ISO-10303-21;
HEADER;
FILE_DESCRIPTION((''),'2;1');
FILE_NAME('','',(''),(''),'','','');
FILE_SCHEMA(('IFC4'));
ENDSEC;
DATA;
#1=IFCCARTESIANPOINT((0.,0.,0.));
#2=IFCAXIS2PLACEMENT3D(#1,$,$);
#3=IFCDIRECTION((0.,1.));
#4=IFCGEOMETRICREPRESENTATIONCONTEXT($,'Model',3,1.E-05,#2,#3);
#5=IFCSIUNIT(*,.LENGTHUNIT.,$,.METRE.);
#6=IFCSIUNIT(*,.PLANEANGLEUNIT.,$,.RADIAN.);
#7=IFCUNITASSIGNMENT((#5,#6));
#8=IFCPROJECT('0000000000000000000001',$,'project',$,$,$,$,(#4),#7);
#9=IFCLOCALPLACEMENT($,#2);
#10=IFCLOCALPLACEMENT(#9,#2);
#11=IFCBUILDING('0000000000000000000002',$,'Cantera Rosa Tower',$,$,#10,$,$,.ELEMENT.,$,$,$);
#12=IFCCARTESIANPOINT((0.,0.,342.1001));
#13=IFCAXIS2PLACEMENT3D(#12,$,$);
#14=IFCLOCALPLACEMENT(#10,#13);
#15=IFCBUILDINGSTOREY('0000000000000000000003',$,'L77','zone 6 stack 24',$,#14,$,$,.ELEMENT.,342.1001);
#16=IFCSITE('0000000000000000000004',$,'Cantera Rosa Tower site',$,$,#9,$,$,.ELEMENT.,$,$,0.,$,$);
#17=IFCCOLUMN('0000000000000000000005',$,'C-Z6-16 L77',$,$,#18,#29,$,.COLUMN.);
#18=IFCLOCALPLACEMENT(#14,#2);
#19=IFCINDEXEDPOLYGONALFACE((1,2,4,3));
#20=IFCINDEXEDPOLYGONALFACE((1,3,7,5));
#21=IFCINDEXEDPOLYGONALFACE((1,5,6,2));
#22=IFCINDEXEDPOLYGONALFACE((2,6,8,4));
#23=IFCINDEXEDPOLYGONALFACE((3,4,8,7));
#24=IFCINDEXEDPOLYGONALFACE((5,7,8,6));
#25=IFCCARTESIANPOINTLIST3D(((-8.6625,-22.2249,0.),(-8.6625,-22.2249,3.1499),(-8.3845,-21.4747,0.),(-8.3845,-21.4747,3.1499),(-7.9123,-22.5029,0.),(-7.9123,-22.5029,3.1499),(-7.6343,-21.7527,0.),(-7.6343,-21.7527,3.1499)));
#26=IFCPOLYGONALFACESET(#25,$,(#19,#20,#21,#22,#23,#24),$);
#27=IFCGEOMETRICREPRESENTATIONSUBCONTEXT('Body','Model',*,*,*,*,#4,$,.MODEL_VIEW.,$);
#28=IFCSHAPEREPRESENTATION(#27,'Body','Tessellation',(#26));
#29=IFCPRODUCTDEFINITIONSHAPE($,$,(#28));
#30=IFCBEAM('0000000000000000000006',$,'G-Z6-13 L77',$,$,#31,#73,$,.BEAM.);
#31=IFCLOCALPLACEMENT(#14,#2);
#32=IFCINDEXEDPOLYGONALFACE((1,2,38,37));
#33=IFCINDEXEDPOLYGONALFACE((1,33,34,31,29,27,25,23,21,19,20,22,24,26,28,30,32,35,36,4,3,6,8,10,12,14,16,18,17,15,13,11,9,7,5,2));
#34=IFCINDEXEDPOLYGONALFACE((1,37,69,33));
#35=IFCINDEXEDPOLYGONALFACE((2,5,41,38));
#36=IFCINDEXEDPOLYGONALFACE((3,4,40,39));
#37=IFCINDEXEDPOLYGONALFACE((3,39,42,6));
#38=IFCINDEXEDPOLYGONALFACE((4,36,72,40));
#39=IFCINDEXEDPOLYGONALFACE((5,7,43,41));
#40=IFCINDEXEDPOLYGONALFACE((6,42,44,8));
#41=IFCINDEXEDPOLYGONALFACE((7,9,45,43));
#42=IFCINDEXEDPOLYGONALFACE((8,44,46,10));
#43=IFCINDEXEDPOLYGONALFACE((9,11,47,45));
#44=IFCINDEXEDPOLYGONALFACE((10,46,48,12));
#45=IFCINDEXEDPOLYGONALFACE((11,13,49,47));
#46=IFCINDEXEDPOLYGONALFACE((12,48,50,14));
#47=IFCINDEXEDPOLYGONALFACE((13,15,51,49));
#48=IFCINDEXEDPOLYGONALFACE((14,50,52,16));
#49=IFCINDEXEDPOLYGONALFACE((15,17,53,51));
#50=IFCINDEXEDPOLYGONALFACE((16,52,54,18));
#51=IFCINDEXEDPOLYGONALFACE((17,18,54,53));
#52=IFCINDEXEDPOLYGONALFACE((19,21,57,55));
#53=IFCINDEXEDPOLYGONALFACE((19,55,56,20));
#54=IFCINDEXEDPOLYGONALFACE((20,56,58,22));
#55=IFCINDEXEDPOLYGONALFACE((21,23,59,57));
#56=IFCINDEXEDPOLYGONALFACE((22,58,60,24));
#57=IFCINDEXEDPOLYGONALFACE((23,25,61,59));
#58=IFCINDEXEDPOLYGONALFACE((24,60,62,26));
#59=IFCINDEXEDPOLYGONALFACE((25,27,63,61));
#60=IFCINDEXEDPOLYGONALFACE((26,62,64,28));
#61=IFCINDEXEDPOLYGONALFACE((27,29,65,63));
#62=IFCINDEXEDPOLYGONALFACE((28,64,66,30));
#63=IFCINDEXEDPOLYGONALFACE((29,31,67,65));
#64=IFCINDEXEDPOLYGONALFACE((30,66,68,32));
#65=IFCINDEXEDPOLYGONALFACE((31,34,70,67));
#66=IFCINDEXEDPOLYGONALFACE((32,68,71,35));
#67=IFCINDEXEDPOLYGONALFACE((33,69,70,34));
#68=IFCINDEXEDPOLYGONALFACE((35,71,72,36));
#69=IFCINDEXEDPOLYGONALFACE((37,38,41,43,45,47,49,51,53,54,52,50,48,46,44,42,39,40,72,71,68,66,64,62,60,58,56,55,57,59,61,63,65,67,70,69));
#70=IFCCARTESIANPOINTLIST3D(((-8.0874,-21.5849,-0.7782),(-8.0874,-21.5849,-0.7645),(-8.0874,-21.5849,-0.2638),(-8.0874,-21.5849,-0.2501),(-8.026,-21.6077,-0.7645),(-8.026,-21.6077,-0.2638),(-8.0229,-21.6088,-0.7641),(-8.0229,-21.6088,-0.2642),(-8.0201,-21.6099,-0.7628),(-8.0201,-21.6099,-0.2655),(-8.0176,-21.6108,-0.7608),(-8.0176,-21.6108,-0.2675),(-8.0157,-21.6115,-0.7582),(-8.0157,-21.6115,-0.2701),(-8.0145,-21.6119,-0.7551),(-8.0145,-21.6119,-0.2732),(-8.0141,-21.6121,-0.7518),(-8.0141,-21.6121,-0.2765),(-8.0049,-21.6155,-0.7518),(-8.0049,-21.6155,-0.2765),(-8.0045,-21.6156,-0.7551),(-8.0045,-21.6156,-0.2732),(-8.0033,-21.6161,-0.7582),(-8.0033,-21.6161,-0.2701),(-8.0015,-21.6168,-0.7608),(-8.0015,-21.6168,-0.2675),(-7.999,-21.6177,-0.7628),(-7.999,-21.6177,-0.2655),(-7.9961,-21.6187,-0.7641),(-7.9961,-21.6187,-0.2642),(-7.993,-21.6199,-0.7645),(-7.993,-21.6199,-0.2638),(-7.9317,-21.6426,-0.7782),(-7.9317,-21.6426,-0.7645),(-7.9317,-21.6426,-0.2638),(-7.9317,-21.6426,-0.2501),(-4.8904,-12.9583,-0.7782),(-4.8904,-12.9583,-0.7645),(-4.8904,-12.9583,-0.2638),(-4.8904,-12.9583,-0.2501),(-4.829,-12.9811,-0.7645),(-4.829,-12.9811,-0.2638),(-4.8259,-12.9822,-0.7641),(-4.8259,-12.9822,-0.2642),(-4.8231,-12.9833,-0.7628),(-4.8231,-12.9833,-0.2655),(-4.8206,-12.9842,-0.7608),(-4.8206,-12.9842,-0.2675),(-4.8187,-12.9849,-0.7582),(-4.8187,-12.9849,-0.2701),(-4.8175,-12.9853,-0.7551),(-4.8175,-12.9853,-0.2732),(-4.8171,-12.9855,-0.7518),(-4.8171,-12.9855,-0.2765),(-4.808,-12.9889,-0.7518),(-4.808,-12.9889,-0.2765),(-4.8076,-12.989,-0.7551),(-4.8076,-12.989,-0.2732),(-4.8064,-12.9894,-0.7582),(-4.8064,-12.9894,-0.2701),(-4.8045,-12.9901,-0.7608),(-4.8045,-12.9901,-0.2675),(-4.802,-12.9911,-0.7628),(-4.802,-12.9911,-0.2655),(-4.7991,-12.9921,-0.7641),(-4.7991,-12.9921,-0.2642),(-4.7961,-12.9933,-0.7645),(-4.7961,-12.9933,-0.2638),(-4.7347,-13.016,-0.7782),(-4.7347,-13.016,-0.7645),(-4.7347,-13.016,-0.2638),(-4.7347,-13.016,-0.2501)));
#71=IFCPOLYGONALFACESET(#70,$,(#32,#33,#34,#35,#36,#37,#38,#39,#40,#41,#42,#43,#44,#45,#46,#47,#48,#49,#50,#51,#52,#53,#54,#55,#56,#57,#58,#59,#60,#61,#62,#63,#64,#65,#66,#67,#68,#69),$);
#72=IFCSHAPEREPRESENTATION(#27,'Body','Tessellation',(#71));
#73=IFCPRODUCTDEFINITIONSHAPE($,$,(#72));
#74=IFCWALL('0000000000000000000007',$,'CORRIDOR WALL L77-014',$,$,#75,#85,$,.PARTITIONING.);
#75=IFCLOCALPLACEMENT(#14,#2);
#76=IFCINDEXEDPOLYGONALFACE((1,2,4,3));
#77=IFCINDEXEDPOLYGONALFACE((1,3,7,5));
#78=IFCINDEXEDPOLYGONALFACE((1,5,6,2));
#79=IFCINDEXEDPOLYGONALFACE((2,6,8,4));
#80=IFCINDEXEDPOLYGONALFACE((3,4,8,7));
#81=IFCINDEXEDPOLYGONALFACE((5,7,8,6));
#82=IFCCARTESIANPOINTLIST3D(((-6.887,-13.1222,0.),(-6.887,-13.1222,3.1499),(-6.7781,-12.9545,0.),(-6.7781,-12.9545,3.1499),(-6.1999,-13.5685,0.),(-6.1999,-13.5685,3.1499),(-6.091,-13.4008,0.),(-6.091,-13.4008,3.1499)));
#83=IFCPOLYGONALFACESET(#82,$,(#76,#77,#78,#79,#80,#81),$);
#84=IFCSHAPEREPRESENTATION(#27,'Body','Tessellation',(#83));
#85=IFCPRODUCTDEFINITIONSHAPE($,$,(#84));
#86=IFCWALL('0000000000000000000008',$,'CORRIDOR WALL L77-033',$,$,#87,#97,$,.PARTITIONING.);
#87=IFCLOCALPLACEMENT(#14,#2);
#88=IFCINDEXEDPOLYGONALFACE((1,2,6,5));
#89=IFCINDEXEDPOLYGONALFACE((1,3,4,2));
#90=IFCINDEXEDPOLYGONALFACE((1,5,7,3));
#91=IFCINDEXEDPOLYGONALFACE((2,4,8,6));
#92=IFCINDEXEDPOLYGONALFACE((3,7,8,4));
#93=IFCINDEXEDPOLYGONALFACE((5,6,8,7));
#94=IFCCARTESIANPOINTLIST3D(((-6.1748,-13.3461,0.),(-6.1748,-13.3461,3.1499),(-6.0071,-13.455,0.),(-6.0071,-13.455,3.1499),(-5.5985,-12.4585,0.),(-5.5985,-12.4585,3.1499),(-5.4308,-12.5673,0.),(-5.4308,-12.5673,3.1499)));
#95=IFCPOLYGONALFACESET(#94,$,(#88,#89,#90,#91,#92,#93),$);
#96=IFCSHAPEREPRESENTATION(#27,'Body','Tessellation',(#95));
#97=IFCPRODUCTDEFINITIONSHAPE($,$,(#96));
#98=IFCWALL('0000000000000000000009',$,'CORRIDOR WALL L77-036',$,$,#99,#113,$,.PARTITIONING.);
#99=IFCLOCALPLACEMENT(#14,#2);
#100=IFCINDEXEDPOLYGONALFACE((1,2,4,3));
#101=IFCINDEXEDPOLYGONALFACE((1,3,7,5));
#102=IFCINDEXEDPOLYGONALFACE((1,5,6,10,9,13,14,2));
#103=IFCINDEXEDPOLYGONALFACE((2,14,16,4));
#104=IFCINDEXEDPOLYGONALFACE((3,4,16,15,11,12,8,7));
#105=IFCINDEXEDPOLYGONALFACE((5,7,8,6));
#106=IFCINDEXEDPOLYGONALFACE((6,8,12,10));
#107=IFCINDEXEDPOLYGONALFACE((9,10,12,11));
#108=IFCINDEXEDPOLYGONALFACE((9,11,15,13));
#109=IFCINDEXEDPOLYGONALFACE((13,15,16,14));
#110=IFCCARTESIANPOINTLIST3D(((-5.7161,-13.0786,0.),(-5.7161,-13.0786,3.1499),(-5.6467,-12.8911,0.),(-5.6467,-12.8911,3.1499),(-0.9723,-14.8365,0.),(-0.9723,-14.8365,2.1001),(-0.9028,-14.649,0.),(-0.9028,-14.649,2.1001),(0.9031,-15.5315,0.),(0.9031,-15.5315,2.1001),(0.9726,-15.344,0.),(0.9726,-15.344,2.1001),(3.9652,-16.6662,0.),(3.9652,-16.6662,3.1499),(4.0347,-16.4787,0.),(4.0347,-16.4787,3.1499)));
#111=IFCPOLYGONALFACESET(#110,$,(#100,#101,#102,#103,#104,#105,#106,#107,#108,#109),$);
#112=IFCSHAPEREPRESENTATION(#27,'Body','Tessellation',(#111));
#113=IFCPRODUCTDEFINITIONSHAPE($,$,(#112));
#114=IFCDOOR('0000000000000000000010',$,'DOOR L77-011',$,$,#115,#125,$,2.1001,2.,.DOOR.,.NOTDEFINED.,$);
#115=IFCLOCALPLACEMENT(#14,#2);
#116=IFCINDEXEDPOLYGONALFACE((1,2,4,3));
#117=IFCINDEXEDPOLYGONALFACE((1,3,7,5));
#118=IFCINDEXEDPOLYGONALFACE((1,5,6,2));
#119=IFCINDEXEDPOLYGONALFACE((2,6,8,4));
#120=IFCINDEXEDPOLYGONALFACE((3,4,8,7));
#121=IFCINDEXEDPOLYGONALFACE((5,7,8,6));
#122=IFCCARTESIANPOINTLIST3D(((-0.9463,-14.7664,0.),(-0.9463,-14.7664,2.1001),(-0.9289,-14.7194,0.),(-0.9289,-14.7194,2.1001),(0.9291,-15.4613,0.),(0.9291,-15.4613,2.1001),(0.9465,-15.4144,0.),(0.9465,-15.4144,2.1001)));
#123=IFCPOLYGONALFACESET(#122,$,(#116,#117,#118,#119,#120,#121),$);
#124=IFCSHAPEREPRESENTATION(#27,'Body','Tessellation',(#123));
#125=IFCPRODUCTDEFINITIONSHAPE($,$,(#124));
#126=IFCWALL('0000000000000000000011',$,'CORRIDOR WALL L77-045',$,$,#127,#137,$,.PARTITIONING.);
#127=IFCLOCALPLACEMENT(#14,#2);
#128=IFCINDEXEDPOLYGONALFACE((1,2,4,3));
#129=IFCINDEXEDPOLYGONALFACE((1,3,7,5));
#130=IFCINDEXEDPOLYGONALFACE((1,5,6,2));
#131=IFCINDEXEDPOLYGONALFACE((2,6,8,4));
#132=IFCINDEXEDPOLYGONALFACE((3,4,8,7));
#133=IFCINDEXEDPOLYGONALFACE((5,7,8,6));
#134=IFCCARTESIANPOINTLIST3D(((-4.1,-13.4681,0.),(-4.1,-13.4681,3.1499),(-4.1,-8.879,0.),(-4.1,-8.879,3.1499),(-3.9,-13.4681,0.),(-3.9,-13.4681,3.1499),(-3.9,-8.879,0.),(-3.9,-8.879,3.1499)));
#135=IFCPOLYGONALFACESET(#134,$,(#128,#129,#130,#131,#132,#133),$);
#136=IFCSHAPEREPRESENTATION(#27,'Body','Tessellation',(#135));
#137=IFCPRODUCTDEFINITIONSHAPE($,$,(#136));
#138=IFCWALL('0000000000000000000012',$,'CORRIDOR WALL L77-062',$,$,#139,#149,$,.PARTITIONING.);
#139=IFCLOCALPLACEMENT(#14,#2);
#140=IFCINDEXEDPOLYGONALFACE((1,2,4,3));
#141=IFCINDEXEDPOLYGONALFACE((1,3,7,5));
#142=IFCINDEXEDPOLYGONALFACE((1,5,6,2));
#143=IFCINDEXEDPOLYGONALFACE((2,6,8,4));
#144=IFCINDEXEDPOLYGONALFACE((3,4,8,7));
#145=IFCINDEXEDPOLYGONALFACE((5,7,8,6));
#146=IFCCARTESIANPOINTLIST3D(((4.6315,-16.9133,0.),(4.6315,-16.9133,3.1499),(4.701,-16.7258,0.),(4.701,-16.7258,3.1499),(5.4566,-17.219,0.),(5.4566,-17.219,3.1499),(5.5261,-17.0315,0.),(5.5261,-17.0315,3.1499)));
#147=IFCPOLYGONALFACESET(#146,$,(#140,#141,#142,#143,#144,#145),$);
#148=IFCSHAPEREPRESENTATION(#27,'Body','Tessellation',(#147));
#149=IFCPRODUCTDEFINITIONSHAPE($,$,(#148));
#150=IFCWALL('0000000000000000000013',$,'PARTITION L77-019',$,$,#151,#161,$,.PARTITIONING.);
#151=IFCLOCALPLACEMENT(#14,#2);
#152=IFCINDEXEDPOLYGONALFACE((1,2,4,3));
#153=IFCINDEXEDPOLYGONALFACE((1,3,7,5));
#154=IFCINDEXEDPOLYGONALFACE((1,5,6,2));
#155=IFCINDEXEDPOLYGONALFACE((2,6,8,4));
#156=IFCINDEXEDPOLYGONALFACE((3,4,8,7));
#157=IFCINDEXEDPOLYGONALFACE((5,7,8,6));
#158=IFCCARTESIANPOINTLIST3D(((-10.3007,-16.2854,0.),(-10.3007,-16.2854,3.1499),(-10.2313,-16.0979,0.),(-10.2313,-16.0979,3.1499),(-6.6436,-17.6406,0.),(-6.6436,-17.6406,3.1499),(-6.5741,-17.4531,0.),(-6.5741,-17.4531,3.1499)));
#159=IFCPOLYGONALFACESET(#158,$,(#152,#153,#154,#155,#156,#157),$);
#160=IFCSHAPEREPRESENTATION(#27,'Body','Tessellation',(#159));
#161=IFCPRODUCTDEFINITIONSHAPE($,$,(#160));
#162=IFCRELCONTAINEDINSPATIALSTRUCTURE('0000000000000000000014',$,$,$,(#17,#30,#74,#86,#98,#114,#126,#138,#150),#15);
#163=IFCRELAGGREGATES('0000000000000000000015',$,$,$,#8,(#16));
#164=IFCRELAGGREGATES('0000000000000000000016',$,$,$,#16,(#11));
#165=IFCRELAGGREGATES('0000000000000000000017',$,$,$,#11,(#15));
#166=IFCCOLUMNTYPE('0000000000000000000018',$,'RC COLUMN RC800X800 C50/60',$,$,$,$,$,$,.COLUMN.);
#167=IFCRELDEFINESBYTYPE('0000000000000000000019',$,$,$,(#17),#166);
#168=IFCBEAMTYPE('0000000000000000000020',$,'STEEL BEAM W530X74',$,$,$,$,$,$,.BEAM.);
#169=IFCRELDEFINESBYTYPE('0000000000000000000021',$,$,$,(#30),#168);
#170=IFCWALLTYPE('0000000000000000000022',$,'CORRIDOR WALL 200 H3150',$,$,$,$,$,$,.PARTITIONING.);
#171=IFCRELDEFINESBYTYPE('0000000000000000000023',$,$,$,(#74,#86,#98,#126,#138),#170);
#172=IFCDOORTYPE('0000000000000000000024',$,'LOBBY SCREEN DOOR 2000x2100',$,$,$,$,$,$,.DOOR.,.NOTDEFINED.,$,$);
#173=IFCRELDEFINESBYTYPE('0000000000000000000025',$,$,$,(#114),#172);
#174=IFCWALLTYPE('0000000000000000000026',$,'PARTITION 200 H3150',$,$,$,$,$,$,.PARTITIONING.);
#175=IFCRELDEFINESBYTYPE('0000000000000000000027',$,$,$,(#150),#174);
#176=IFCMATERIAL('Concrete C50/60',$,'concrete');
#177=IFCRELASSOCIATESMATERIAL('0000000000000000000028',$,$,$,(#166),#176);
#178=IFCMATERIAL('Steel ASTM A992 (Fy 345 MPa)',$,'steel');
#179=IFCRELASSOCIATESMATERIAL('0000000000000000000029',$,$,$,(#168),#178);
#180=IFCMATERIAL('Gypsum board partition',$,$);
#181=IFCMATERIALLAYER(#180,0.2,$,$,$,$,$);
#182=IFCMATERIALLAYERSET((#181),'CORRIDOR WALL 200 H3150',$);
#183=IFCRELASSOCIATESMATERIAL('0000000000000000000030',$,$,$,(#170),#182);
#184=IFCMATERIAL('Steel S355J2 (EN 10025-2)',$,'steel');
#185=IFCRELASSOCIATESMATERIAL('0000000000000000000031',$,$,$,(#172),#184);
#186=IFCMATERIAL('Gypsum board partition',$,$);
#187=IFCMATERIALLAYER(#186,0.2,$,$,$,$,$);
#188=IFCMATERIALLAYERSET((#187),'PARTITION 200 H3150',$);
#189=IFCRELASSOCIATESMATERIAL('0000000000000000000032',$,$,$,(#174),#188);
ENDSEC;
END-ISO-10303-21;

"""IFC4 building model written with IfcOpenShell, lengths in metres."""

from ifc_helpers import new_model, si_unit, direction, frame, frame_2d, origin, origin_2d, place, context, subcontext, project, spatial, rectangle, i_section, extrude, material, layer, layer_set, material_profile, profile_set, type_object, element, fill, save


model = new_model("IFC4")

# Units and contexts
model_context = context("Model", 3, precision=1e-05, world=origin(), true_north=direction((0.0, 1.0)))
body_context = subcontext(model_context, "Body", "Model", "MODEL_VIEW")
ifc_project = project(units=[si_unit("LENGTHUNIT", "METRE"), si_unit("PLANEANGLEUNIT", "RADIAN")], contexts=[model_context])

# Site, building, storey
site_placement = place(None, origin())
site = spatial("IfcSite", under=ifc_project, at=site_placement, Name="Cantera Rosa Tower site", CompositionType="ELEMENT", RefElevation=0.0)
building_placement = place(site_placement, origin())
building = spatial("IfcBuilding", under=site, at=building_placement, Name="Cantera Rosa Tower", CompositionType="ELEMENT")
storey_placement = place(building_placement, frame((0.0, 0.0, 342.1001)))
storey = spatial("IfcBuildingStorey", under=building, at=storey_placement, Name="L77", Description="zone 6 stack 24", CompositionType="ELEMENT", Elevation=342.1001)

# Column
ifc_material_1 = material(Name="Concrete C50/60", Category="concrete")
ifc_material_profile_1 = material_profile(ifc_material_1, rectangle(XDim=0.8, YDim=0.8, at=origin_2d()), Name="RC COLUMN RC800X800 C50/60")
ifc_profile_set_1 = profile_set([ifc_material_profile_1], Name="Concrete C50/60")
column_type = type_object("IfcColumnType", Name="RC COLUMN RC800X800 C50/60", PredefinedType="COLUMN", material=ifc_profile_set_1)
column_placement = place(storey_placement, frame((-8.1484, -21.9888, 0.0), z_axis=(0.0, 0.0, 1.0), x_axis=(0.347481, 0.937687, 0.0)))
element("IfcColumn", 1, at=column_placement, inside=storey, type_object=column_type, Name="C-Z6-16 L77", PredefinedType="COLUMN", context=body_context, shape_type="SweptSolid", body=[
    extrude(rectangle(XDim=0.8, YDim=0.8, at=origin_2d()), origin(), (0.0, 0.0, 1.0), 3.1499),
])

# Beam
ifc_material_2 = material(Name="Steel ASTM A992 (Fy 345 MPa)", Category="steel")
ifc_material_profile_2 = material_profile(ifc_material_2, i_section(OverallWidth=0.166, OverallDepth=0.5281, WebThickness=0.0098, FlangeThickness=0.0137, FilletRadius=0.0127, at=origin_2d()), Name="W530X74")
ifc_profile_set_2 = profile_set([ifc_material_profile_2], Name="Steel ASTM A992 (Fy 345 MPa)")
beam_type = type_object("IfcBeamType", Name="STEEL BEAM W530X74", PredefinedType="BEAM", material=ifc_profile_set_2)
beam_placement = place(storey_placement, frame((-8.0095, -21.6138, -0.5142), z_axis=(0.3475, 0.93768, 0.0), x_axis=(-0.93768, 0.3475, 0.0)))
element("IfcBeam", 2, at=beam_placement, inside=storey, type_object=beam_type, Name="G-Z6-13 L77", PredefinedType="BEAM", context=body_context, shape_type="SweptSolid", body=[
    extrude(i_section(OverallWidth=0.166, OverallDepth=0.5281, WebThickness=0.0098, FlangeThickness=0.0137, FilletRadius=0.0127, at=origin_2d()), origin(), (0.0, 0.0, 1.0), 9.2),
])

# Walls
ifc_material_3 = material(Name="Gypsum board partition")
ifc_layer_1 = layer(ifc_material_3, 0.2)
ifc_layer_set_1 = layer_set([ifc_layer_1], Name="CORRIDOR WALL 200 H3150")
wall_type_1 = type_object("IfcWallType", Name="CORRIDOR WALL 200 H3150", PredefinedType="PARTITIONING", material=ifc_layer_set_1)
wall_1_placement = place(storey_placement, frame((-6.8325, -13.0383, 0.0), z_axis=(0.0, 0.0, 1.0), x_axis=(0.838593, -0.544758, 0.0)))
element("IfcWall", 3, at=wall_1_placement, inside=storey, type_object=wall_type_1, Name="CORRIDOR WALL L77-014", PredefinedType="PARTITIONING", context=body_context, shape_type="SweptSolid", body=[
    extrude(rectangle(XDim=0.8193, YDim=0.2, at=frame_2d((0.4097, 0.0))), origin(), (0.0, 0.0, 1.0), 3.1499),
])
wall_2_placement = place(storey_placement, frame((-6.0911, -13.4006, 0.0), z_axis=(0.0, 0.0, 1.0), x_axis=(0.544599, 0.838696, 0.0)))
element("IfcWall", 4, at=wall_2_placement, inside=storey, type_object=wall_type_1, Name="CORRIDOR WALL L77-033", PredefinedType="PARTITIONING", context=body_context, shape_type="SweptSolid", body=[
    extrude(rectangle(XDim=1.0583, YDim=0.2, at=frame_2d((0.5293, 0.0))), origin(), (0.0, 0.0, 1.0), 3.1499),
])

# Wall, opening, door
wall_3_placement = place(storey_placement, frame((-5.6814, -12.9849, 0.0), z_axis=(0.0, 0.0, 1.0), x_axis=(0.937687, -0.34748, 0.0)))
wall_3 = element("IfcWall", 5, at=wall_3_placement, inside=storey, type_object=wall_type_1, Name="CORRIDOR WALL L77-036", PredefinedType="PARTITIONING", context=body_context, shape_type="SweptSolid", body=[
    extrude(rectangle(XDim=10.3247, YDim=0.2, at=frame_2d((5.1624, 0.0))), origin(), (0.0, 0.0, 1.0), 3.1499),
])
opening_1_placement = place(wall_3_placement, frame((5.0591, 0.0, 0.0)))
opening_1 = element("IfcOpeningElement", 6, at=opening_1_placement, cuts=wall_3, PredefinedType="OPENING", context=body_context, shape_type="SweptSolid", body=[
    extrude(rectangle(XDim=2.0, YDim=2.1001, at=frame_2d((1.0, 1.05))), frame((0.0, 0.1099, 0.0), z_axis=(0.0, -1.0, 0.0), x_axis=(1.0, 0.0, 0.0)), (0.0, 0.0, 1.0), 0.22),
])
ifc_material_4 = material(Name="Steel S355J2 (EN 10025-2)", Category="steel")
door_type_1 = type_object("IfcDoorType", Name="LOBBY SCREEN DOOR 2000x2100", OperationType="NOTDEFINED", PredefinedType="DOOR", material=ifc_material_4)
door_1_placement = place(opening_1_placement, origin())
door_1 = element("IfcDoor", 7, at=door_1_placement, inside=storey, type_object=door_type_1, Name="DOOR L77-011", OperationType="NOTDEFINED", OverallHeight=2.1001, OverallWidth=2.0, PredefinedType="DOOR", context=body_context, shape_type="SweptSolid", body=[
    extrude(rectangle(XDim=2.0, YDim=2.1001, at=frame_2d((1.0, 1.05))), frame((0.0, 0.0249, 0.0), z_axis=(0.0, -1.0, 0.0), x_axis=(1.0, 0.0, 0.0)), (0.0, 0.0, 1.0), 0.05),
])
fill(opening_1, door_1)

# Walls
wall_4_placement = place(storey_placement, frame((-4.0, -13.468, 0.0), z_axis=(0.0, 0.0, 1.0), x_axis=(0.0, 1.0, 0.0)))
element("IfcWall", 8, at=wall_4_placement, inside=storey, type_object=wall_type_1, Name="CORRIDOR WALL L77-045", PredefinedType="PARTITIONING", context=body_context, shape_type="SweptSolid", body=[
    extrude(rectangle(XDim=4.5891, YDim=0.2, at=frame_2d((2.2944, 0.0))), origin(), (0.0, 0.0, 1.0), 3.1499),
])
wall_5_placement = place(storey_placement, frame((4.6663, -16.8196, 0.0), z_axis=(0.0, 0.0, 1.0), x_axis=(0.937735, -0.34735, 0.0)))
element("IfcWall", 9, at=wall_5_placement, inside=storey, type_object=wall_type_1, Name="CORRIDOR WALL L77-062", PredefinedType="PARTITIONING", context=body_context, shape_type="SweptSolid", body=[
    extrude(rectangle(XDim=0.8799, YDim=0.2, at=frame_2d((0.4399, 0.0))), origin(), (0.0, 0.0, 1.0), 3.1499),
])
ifc_material_5 = material(Name="Gypsum board partition")
ifc_layer_2 = layer(ifc_material_5, 0.2)
ifc_layer_set_2 = layer_set([ifc_layer_2], Name="PARTITION 200 H3150")
wall_type_2 = type_object("IfcWallType", Name="PARTITION 200 H3150", PredefinedType="PARTITIONING", material=ifc_layer_set_2)
wall_6_placement = place(storey_placement, frame((-10.2661, -16.1917, 0.0), z_axis=(0.0, 0.0, 1.0), x_axis=(0.937691, -0.347471, 0.0)))
element("IfcWall", 10, at=wall_6_placement, inside=storey, type_object=wall_type_2, Name="PARTITION L77-019", PredefinedType="PARTITIONING", context=body_context, shape_type="SweptSolid", body=[
    extrude(rectangle(XDim=3.9001, YDim=0.2, at=frame_2d((1.9502, 0.0))), origin(), (0.0, 0.0, 1.0), 3.1499),
])

save(model, "model.ifc")
